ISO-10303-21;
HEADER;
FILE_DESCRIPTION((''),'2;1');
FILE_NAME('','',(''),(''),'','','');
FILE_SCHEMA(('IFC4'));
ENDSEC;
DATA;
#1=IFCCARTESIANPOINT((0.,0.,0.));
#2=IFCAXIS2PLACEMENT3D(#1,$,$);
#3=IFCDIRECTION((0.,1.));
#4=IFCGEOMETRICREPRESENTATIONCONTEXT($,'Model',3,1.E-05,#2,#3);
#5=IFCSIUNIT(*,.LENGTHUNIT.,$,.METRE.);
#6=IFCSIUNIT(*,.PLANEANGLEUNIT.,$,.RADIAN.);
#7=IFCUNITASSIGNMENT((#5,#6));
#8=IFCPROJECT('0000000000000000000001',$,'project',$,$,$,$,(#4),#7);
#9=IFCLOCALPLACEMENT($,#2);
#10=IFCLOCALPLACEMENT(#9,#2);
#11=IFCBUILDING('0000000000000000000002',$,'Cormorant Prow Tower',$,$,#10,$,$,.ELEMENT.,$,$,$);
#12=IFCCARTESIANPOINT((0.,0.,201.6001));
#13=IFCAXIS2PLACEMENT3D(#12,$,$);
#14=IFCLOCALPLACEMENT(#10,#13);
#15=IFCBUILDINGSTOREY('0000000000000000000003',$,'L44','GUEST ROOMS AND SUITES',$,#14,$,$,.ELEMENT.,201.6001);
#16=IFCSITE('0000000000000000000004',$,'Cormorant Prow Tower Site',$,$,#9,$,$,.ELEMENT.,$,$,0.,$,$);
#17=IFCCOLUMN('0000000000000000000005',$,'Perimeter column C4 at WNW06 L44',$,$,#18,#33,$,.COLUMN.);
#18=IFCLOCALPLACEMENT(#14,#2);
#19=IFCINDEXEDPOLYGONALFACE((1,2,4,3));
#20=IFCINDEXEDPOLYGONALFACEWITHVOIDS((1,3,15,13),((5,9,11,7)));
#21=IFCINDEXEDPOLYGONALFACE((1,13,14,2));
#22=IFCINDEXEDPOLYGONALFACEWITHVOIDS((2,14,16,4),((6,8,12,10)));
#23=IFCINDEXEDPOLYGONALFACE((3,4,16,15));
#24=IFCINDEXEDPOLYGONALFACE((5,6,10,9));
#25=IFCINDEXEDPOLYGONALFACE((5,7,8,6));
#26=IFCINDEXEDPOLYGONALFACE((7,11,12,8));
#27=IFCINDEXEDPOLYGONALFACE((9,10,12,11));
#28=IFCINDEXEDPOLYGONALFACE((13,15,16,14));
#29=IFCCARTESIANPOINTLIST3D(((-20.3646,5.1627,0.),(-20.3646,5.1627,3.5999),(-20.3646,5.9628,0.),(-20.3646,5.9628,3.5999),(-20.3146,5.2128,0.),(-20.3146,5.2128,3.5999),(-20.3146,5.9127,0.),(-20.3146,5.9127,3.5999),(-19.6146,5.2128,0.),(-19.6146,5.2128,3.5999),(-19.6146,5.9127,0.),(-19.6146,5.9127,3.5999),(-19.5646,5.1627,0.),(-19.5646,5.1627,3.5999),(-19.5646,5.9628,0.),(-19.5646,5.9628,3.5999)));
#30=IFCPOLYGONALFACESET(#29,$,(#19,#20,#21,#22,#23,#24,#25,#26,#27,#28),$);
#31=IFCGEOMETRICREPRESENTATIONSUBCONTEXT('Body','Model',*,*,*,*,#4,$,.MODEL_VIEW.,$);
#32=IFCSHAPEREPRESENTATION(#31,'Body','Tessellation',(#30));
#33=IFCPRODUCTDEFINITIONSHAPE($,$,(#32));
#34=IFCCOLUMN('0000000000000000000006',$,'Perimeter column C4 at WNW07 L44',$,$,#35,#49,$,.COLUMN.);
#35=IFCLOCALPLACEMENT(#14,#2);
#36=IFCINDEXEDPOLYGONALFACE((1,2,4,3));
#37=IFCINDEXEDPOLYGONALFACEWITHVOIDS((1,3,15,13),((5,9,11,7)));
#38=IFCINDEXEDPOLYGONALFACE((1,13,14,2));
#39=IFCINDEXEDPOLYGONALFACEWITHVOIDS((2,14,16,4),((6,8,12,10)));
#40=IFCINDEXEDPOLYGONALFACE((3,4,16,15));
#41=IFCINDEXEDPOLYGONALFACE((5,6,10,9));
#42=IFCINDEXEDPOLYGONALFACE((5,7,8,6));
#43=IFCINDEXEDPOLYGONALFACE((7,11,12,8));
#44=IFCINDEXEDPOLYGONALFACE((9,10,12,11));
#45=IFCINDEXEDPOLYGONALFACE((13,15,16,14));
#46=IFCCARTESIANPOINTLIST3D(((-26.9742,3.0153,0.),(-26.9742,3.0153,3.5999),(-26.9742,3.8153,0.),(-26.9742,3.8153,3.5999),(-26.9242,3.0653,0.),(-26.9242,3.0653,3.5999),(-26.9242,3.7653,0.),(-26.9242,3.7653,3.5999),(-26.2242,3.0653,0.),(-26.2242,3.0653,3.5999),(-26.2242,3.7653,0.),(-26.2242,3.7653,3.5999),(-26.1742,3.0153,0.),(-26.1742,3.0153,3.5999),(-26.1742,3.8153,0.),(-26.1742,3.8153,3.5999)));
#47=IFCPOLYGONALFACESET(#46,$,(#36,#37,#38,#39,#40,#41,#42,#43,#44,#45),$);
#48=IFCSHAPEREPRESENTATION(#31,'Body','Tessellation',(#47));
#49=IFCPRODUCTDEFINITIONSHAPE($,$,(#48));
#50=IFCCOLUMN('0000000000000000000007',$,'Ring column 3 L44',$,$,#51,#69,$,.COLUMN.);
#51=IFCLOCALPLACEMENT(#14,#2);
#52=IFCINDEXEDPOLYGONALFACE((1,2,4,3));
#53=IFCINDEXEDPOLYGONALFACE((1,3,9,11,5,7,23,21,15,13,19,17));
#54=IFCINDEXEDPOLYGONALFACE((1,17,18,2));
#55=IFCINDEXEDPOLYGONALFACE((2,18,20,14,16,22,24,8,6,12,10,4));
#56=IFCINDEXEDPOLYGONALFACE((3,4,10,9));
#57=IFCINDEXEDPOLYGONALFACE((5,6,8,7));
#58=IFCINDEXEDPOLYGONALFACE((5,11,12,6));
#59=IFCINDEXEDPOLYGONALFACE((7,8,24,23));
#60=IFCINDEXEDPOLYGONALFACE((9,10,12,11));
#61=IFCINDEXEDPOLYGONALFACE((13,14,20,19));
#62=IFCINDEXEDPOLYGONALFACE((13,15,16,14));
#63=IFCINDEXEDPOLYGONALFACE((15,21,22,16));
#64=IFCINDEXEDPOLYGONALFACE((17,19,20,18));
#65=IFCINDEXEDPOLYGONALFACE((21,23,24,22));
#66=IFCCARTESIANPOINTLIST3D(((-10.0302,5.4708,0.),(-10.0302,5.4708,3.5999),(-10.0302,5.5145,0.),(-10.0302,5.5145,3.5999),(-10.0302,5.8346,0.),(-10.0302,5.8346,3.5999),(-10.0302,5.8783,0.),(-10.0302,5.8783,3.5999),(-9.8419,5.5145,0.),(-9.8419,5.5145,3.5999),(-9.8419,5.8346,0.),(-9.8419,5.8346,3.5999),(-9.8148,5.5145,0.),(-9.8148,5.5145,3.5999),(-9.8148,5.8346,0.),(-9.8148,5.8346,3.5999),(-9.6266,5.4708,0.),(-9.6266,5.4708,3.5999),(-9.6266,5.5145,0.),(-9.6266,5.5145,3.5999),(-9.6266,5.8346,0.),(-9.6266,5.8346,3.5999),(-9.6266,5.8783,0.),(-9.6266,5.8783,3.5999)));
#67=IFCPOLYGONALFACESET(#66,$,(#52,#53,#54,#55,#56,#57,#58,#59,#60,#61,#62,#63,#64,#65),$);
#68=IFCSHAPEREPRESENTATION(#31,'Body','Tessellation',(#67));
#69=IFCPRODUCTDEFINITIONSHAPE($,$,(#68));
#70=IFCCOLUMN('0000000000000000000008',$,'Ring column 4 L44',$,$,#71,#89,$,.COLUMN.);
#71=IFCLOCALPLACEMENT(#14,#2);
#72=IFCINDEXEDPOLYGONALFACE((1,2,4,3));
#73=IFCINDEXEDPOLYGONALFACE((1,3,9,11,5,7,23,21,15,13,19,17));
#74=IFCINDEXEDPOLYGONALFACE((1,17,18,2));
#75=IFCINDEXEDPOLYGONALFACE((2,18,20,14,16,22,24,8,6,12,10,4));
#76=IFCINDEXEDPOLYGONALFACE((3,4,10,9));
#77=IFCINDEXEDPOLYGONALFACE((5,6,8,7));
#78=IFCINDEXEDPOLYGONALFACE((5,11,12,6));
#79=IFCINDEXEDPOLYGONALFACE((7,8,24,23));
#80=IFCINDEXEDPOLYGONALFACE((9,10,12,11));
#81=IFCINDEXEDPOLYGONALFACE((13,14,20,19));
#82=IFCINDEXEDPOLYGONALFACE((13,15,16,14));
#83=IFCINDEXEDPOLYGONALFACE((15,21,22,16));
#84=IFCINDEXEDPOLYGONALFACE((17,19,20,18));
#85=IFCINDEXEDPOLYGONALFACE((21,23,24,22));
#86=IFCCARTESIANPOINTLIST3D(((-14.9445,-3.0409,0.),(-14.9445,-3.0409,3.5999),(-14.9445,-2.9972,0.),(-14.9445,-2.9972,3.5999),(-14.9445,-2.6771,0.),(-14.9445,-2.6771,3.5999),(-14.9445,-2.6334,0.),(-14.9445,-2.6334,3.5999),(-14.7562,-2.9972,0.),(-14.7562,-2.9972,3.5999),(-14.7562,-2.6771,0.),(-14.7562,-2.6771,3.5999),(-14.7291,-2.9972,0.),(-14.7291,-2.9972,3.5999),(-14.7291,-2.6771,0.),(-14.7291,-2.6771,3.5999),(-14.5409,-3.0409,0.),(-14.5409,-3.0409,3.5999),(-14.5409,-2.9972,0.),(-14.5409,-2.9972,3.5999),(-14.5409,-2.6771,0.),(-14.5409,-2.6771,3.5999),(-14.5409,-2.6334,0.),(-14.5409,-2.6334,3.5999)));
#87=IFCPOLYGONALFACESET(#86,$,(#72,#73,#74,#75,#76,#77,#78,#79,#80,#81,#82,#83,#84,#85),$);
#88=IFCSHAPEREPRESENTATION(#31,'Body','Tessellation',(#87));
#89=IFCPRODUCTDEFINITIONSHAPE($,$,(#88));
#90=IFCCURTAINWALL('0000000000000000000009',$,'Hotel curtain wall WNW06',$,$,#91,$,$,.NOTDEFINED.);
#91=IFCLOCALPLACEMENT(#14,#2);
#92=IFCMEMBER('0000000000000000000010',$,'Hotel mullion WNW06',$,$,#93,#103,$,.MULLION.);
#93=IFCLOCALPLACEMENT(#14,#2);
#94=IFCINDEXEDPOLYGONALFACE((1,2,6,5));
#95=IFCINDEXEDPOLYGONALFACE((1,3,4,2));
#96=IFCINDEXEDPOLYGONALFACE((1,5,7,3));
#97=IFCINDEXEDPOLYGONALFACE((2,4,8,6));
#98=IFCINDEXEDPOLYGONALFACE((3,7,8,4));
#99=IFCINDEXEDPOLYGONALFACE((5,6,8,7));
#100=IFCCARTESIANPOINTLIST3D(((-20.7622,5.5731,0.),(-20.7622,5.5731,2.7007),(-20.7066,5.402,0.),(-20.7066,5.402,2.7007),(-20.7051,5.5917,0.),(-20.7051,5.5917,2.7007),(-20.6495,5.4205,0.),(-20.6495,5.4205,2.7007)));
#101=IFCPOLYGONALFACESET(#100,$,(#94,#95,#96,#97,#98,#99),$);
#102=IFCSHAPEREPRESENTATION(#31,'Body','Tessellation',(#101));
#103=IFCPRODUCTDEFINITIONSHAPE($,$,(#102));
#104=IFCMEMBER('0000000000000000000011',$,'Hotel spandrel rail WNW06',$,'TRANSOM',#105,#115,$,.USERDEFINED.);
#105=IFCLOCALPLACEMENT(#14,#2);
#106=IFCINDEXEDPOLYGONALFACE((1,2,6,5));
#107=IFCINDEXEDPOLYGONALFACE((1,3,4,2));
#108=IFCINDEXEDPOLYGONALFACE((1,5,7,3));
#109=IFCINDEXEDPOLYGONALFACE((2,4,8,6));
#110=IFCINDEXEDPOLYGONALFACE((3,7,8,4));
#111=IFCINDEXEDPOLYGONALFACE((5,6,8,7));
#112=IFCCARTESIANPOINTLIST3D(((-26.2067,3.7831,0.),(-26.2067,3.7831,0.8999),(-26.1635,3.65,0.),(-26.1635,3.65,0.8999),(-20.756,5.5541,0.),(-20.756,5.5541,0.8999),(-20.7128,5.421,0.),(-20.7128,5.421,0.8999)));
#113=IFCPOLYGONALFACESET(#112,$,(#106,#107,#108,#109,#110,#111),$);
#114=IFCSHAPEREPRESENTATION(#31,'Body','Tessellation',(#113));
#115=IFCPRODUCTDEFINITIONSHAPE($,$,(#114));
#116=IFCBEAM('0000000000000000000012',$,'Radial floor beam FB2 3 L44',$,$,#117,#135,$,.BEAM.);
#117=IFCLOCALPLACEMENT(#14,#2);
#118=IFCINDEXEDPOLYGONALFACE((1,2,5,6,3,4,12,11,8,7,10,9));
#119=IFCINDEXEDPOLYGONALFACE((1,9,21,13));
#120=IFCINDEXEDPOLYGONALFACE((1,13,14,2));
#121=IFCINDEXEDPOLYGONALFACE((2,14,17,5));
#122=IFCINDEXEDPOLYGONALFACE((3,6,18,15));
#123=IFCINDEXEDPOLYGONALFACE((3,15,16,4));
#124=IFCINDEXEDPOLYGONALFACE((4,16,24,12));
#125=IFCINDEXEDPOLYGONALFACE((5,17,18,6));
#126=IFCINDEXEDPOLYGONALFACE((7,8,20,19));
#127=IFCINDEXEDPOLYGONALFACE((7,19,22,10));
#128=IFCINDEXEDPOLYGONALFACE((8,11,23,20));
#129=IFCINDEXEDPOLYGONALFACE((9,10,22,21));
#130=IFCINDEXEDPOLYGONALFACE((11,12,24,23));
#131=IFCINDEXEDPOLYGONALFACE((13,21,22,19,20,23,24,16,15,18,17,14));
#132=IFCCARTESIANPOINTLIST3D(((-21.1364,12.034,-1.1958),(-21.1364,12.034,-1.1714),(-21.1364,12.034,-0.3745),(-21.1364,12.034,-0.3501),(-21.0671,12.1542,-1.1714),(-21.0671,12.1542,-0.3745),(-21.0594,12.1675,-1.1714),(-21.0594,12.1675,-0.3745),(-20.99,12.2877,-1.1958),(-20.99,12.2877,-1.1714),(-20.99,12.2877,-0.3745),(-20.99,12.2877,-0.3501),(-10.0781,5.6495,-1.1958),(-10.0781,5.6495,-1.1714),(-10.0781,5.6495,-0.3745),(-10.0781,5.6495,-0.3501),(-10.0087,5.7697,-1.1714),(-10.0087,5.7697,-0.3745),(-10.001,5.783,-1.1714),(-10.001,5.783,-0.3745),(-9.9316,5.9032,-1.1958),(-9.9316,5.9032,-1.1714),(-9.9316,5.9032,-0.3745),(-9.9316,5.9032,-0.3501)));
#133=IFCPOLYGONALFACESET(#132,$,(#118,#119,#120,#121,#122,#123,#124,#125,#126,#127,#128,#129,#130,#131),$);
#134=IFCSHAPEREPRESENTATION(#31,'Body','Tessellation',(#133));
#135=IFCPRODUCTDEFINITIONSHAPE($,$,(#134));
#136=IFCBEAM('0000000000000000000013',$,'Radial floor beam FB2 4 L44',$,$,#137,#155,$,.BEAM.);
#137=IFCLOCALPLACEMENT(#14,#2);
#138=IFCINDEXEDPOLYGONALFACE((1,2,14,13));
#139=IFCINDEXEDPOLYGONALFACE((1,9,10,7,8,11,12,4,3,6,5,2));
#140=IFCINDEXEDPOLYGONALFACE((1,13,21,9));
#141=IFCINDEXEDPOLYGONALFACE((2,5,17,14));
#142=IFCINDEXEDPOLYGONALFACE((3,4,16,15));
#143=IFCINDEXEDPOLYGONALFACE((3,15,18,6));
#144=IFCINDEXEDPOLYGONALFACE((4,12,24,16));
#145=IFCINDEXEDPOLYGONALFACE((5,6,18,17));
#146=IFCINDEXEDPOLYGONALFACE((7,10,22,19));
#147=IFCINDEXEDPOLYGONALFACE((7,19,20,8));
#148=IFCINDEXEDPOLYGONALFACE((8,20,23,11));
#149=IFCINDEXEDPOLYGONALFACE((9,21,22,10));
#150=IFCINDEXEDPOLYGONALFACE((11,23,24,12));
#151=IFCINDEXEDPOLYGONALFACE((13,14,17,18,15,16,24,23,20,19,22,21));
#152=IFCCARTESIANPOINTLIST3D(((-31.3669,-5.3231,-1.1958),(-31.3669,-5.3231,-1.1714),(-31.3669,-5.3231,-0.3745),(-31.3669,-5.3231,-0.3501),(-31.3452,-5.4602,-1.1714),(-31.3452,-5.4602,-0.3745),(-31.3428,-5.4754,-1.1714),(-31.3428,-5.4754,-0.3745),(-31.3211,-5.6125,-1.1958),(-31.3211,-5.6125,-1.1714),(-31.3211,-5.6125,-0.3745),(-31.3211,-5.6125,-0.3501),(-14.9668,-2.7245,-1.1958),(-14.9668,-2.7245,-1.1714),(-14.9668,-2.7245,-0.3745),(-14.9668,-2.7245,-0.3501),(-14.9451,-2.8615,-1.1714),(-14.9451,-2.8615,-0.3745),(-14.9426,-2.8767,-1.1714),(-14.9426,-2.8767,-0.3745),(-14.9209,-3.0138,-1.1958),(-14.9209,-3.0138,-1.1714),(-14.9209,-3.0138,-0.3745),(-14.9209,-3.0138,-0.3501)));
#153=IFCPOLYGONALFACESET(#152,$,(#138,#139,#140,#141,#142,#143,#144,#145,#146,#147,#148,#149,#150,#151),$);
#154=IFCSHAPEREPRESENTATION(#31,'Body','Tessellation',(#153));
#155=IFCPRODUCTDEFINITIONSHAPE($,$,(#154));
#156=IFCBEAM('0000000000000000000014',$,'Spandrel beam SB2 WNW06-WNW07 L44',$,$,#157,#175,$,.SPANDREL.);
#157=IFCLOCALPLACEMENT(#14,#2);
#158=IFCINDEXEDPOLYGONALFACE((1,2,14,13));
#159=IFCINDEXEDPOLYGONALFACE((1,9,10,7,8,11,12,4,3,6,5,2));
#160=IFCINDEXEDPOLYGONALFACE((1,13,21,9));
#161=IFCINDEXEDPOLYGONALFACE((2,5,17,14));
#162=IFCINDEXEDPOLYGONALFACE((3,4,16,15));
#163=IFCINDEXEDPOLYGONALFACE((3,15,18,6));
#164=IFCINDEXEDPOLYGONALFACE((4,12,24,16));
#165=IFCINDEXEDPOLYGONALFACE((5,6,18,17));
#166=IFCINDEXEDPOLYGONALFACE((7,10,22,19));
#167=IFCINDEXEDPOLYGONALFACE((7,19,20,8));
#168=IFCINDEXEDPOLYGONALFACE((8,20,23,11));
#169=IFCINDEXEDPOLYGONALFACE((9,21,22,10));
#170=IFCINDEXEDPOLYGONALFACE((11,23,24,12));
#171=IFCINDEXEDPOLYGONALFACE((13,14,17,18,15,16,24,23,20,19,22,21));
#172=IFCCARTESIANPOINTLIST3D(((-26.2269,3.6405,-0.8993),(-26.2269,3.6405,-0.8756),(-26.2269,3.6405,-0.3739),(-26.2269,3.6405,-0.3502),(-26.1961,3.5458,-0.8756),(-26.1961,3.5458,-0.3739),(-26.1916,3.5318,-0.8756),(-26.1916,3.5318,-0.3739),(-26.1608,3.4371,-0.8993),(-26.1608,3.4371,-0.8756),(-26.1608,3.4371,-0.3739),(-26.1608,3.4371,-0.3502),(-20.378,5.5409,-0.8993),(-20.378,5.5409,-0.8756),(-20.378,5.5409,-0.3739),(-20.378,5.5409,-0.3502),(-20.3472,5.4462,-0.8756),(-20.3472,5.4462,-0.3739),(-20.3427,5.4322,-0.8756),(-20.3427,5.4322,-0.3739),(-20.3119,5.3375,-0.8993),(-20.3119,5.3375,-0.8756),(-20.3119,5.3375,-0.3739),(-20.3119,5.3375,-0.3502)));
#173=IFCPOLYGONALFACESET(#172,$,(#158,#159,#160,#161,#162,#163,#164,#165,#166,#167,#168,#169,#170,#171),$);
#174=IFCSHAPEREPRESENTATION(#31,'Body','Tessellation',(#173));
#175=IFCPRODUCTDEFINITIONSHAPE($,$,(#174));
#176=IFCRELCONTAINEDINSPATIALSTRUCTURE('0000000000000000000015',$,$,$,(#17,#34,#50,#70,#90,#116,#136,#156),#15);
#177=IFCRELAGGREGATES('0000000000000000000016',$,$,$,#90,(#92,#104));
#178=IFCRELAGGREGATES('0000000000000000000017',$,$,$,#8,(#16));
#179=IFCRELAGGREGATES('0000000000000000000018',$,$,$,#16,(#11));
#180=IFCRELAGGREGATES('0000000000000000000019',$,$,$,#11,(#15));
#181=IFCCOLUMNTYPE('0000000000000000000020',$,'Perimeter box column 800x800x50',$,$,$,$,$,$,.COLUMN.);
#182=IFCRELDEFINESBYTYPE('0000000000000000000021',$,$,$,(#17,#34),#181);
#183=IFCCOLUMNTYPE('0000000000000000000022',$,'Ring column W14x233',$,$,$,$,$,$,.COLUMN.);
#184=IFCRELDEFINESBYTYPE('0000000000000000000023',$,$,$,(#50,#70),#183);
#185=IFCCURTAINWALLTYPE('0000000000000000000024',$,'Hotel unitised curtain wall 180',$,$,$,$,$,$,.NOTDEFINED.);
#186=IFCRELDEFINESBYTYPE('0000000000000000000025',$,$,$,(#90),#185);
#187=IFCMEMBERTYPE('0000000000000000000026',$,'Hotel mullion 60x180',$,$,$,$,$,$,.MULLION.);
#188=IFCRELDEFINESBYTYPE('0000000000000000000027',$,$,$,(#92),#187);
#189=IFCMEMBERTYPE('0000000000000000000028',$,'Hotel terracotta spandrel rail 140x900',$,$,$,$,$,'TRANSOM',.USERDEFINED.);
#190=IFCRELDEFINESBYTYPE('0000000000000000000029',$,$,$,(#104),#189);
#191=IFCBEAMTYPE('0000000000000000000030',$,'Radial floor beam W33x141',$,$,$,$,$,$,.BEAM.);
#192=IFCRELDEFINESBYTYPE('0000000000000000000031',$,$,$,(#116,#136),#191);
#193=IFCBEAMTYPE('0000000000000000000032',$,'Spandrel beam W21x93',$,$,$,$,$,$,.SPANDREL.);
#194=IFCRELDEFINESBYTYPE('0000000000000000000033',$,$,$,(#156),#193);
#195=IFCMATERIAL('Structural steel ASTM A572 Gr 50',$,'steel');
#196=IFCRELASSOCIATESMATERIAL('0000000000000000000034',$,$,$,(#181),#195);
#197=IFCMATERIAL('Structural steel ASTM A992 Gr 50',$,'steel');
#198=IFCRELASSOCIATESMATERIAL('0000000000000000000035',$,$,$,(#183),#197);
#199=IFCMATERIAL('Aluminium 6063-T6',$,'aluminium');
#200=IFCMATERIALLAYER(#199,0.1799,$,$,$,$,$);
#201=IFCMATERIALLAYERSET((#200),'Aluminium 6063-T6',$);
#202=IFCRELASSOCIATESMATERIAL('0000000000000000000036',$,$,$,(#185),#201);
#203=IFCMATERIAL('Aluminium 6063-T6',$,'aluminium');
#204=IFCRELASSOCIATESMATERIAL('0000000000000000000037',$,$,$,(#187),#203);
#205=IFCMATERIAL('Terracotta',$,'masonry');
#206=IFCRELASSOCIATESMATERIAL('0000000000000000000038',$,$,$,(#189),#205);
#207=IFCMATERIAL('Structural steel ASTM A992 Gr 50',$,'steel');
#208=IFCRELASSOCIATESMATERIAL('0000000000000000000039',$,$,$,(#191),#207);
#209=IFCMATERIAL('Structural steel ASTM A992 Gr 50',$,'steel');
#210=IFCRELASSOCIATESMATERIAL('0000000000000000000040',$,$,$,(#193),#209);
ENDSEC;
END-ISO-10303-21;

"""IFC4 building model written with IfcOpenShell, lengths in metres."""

from ifc_helpers import new_model, si_unit, direction, frame, origin, origin_2d, place, context, subcontext, project, spatial, rectangle, hollow_rectangle, i_section, extrude, material, layer, layer_set, material_profile, profile_set, type_object, element, aggregate, save


model = new_model("IFC4")

# Units and contexts
model_context = context("Model", 3, precision=1e-05, world=origin(), true_north=direction((0.0, 1.0)))
body_context = subcontext(model_context, "Body", "Model", "MODEL_VIEW")
ifc_project = project(units=[si_unit("LENGTHUNIT", "METRE"), si_unit("PLANEANGLEUNIT", "RADIAN")], contexts=[model_context])

# Site, building, storey
site_placement = place(None, origin())
site = spatial("IfcSite", under=ifc_project, at=site_placement, Name="Cormorant Prow Tower Site", CompositionType="ELEMENT", RefElevation=0.0)
building_placement = place(site_placement, origin())
building = spatial("IfcBuilding", under=site, at=building_placement, Name="Cormorant Prow Tower", CompositionType="ELEMENT")
storey_placement = place(building_placement, frame((0.0, 0.0, 201.6001)))
storey = spatial("IfcBuildingStorey", under=building, at=storey_placement, Name="L44", Description="GUEST ROOMS AND SUITES", CompositionType="ELEMENT", Elevation=201.6001)

# Columns
ifc_material_1 = material(Name="Structural steel ASTM A572 Gr 50", Category="steel")
ifc_material_profile_1 = material_profile(ifc_material_1, hollow_rectangle(XDim=0.8, YDim=0.8, WallThickness=0.05, at=origin_2d()), Name="Box 800x800x50")
ifc_profile_set_1 = profile_set([ifc_material_profile_1], Name="Structural steel ASTM A572 Gr 50")
column_type_1 = type_object("IfcColumnType", Name="Perimeter box column 800x800x50", PredefinedType="COLUMN", material=ifc_profile_set_1)
for number, where, z_axis, x_axis, name in (
    (1, (-19.9646, 5.5627, 0.0), (0.0, 0.0, 1.0), (1.0, 0.0, 0.0), "Perimeter column C4 at WNW06 L44"),
    (2, (-26.5742, 3.4153, 0.0), (0.0, 0.0, 1.0), (1.0, 0.0, 0.0), "Perimeter column C4 at WNW07 L44"),
):
    element("IfcColumn", number, at=place(storey_placement, frame(where, z_axis=z_axis, x_axis=x_axis)), inside=storey, type_object=column_type_1, Name=name, PredefinedType="COLUMN", context=body_context, shape_type="SweptSolid", body=[
        extrude(hollow_rectangle(XDim=0.8, YDim=0.8, WallThickness=0.05, at=origin_2d()), origin(), (0.0, 0.0, 1.0), 3.5999),
    ])
ifc_material_2 = material(Name="Structural steel ASTM A992 Gr 50", Category="steel")
ifc_material_profile_2 = material_profile(ifc_material_2, i_section(OverallWidth=0.4036, OverallDepth=0.4075, WebThickness=0.0271, FlangeThickness=0.0437, at=origin_2d()), Name="W14x233")
ifc_profile_set_2 = profile_set([ifc_material_profile_2], Name="Structural steel ASTM A992 Gr 50")
column_type_2 = type_object("IfcColumnType", Name="Ring column W14x233", PredefinedType="COLUMN", material=ifc_profile_set_2)
for number, where, z_axis, x_axis, name in (
    (3, (-9.8284, 5.6746, 0.0), (0.0, 0.0, 1.0), (1.0, 0.0, 0.0), "Ring column 3 L44"),
    (4, (-14.7427, -2.8372, 0.0), (0.0, 0.0, 1.0), (1.0, 0.0, 0.0), "Ring column 4 L44"),
):
    element("IfcColumn", number, at=place(storey_placement, frame(where, z_axis=z_axis, x_axis=x_axis)), inside=storey, type_object=column_type_2, Name=name, PredefinedType="COLUMN", context=body_context, shape_type="SweptSolid", body=[
        extrude(i_section(OverallWidth=0.4036, OverallDepth=0.4075, WebThickness=0.0271, FlangeThickness=0.0437, at=origin_2d()), origin(), (0.0, 0.0, 1.0), 3.5999),
    ])

# Curtain wall, members
ifc_material_3 = material(Name="Aluminium 6063-T6", Category="aluminium")
ifc_layer_1 = layer(ifc_material_3, 0.1799)
ifc_layer_set_1 = layer_set([ifc_layer_1], Name="Aluminium 6063-T6")
curtain_wall_type = type_object("IfcCurtainWallType", Name="Hotel unitised curtain wall 180", PredefinedType="NOTDEFINED", material=ifc_layer_set_1)
curtain_wall_placement = place(storey_placement, origin())
curtain_wall = element("IfcCurtainWall", 5, at=curtain_wall_placement, inside=storey, type_object=curtain_wall_type, Name="Hotel curtain wall WNW06", PredefinedType="NOTDEFINED")
ifc_material_4 = material(Name="Aluminium 6063-T6", Category="aluminium")
ifc_material_profile_3 = material_profile(ifc_material_4, rectangle(XDim=0.1799, YDim=0.0601, at=origin_2d()), Name="Hotel mullion 60x180")
ifc_profile_set_3 = profile_set([ifc_material_profile_3], Name="Aluminium 6063-T6")
member_type_1 = type_object("IfcMemberType", Name="Hotel mullion 60x180", PredefinedType="MULLION", material=ifc_profile_set_3)
member_1_placement = place(storey_placement, frame((-20.7058, 5.4968, 0.0), z_axis=(0.0, 0.0, 1.0), x_axis=(0.309017, -0.951057, 0.0)))
member_1 = element("IfcMember", 6, at=member_1_placement, type_object=member_type_1, Name="Hotel mullion WNW06", PredefinedType="MULLION", context=body_context, shape_type="SweptSolid", body=[
    extrude(rectangle(XDim=0.1799, YDim=0.0601, at=origin_2d()), origin(), (0.0, 0.0, 1.0), 2.7007),
])
ifc_material_5 = material(Name="Terracotta", Category="masonry")
ifc_material_profile_4 = material_profile(ifc_material_5, rectangle(XDim=0.1399, YDim=0.8999, at=origin_2d()), Name="Hotel terracotta spandrel rail 140x900")
ifc_profile_set_4 = profile_set([ifc_material_profile_4], Name="Terracotta")
member_type_2 = type_object("IfcMemberType", Name="Hotel terracotta spandrel rail 140x900", ElementType="TRANSOM", PredefinedType="USERDEFINED", material=ifc_profile_set_4)
member_2_placement = place(storey_placement, frame((-20.7344, 5.4875, 0.45), z_axis=(-0.951058, -0.309011, 0.0), x_axis=(0.309011, -0.951058, 0.0)))
member_2 = element("IfcMember", 7, at=member_2_placement, type_object=member_type_2, Name="Hotel spandrel rail WNW06", ObjectType="TRANSOM", PredefinedType="USERDEFINED", context=body_context, shape_type="SweptSolid", body=[
    extrude(rectangle(XDim=0.1399, YDim=0.8999, at=origin_2d()), origin(), (0.0, 0.0, 1.0), 5.7312),
])

# Beams
ifc_material_6 = material(Name="Structural steel ASTM A992 Gr 50", Category="steel")
ifc_material_profile_5 = material_profile(ifc_material_6, i_section(OverallWidth=0.293, OverallDepth=0.8457, WebThickness=0.0154, FlangeThickness=0.0244, at=origin_2d()), Name="W33x141")
ifc_profile_set_5 = profile_set([ifc_material_profile_5], Name="Structural steel ASTM A992 Gr 50")
beam_type_1 = type_object("IfcBeamType", Name="Radial floor beam W33x141", PredefinedType="BEAM", material=ifc_profile_set_5)
beam_1_placement = place(storey_placement, frame((-10.0049, 5.7764, -0.7729), z_axis=(-0.866026, 0.499999, 0.0), x_axis=(-0.499999, -0.866026, 0.0)))
element("IfcBeam", 8, at=beam_1_placement, inside=storey, type_object=beam_type_1, Name="Radial floor beam FB2 3 L44", PredefinedType="BEAM", context=body_context, shape_type="SweptSolid", body=[
    extrude(i_section(OverallWidth=0.293, OverallDepth=0.8457, WebThickness=0.0154, FlangeThickness=0.0244, at=origin_2d()), origin(), (0.0, 0.0, 1.0), 12.769),
])
beam_2_placement = place(storey_placement, frame((-14.9438, -2.8691, -0.7729), z_axis=(-0.987678, -0.156499, 0.0), x_axis=(0.156499, -0.987678, 0.0)))
element("IfcBeam", 9, at=beam_2_placement, inside=storey, type_object=beam_type_1, Name="Radial floor beam FB2 4 L44", PredefinedType="BEAM", context=body_context, shape_type="SweptSolid", body=[
    extrude(i_section(OverallWidth=0.293, OverallDepth=0.8457, WebThickness=0.0154, FlangeThickness=0.0244, at=origin_2d()), origin(), (0.0, 0.0, 1.0), 16.6047),
])
ifc_material_7 = material(Name="Structural steel ASTM A992 Gr 50", Category="steel")
ifc_material_profile_6 = material_profile(ifc_material_7, i_section(OverallWidth=0.2139, OverallDepth=0.5491, WebThickness=0.0146, FlangeThickness=0.0237, at=origin_2d()), Name="W21x93")
ifc_profile_set_6 = profile_set([ifc_material_profile_6], Name="Structural steel ASTM A992 Gr 50")
beam_type_2 = type_object("IfcBeamType", Name="Spandrel beam W21x93", PredefinedType="SPANDREL", material=ifc_profile_set_6)
beam_3_placement = place(storey_placement, frame((-20.345, 5.4392, -0.6248), z_axis=(-0.951058, -0.309013, 0.0), x_axis=(0.309013, -0.951058, 0.0)))
element("IfcBeam", 10, at=beam_3_placement, inside=storey, type_object=beam_type_2, Name="Spandrel beam SB2 WNW06-WNW07 L44", PredefinedType="SPANDREL", context=body_context, shape_type="SweptSolid", body=[
    extrude(i_section(OverallWidth=0.2139, OverallDepth=0.5491, WebThickness=0.0146, FlangeThickness=0.0237, at=origin_2d()), origin(), (0.0, 0.0, 1.0), 6.1499),
])

aggregate(curtain_wall, [member_1, member_2])

save(model, "model.ifc")
